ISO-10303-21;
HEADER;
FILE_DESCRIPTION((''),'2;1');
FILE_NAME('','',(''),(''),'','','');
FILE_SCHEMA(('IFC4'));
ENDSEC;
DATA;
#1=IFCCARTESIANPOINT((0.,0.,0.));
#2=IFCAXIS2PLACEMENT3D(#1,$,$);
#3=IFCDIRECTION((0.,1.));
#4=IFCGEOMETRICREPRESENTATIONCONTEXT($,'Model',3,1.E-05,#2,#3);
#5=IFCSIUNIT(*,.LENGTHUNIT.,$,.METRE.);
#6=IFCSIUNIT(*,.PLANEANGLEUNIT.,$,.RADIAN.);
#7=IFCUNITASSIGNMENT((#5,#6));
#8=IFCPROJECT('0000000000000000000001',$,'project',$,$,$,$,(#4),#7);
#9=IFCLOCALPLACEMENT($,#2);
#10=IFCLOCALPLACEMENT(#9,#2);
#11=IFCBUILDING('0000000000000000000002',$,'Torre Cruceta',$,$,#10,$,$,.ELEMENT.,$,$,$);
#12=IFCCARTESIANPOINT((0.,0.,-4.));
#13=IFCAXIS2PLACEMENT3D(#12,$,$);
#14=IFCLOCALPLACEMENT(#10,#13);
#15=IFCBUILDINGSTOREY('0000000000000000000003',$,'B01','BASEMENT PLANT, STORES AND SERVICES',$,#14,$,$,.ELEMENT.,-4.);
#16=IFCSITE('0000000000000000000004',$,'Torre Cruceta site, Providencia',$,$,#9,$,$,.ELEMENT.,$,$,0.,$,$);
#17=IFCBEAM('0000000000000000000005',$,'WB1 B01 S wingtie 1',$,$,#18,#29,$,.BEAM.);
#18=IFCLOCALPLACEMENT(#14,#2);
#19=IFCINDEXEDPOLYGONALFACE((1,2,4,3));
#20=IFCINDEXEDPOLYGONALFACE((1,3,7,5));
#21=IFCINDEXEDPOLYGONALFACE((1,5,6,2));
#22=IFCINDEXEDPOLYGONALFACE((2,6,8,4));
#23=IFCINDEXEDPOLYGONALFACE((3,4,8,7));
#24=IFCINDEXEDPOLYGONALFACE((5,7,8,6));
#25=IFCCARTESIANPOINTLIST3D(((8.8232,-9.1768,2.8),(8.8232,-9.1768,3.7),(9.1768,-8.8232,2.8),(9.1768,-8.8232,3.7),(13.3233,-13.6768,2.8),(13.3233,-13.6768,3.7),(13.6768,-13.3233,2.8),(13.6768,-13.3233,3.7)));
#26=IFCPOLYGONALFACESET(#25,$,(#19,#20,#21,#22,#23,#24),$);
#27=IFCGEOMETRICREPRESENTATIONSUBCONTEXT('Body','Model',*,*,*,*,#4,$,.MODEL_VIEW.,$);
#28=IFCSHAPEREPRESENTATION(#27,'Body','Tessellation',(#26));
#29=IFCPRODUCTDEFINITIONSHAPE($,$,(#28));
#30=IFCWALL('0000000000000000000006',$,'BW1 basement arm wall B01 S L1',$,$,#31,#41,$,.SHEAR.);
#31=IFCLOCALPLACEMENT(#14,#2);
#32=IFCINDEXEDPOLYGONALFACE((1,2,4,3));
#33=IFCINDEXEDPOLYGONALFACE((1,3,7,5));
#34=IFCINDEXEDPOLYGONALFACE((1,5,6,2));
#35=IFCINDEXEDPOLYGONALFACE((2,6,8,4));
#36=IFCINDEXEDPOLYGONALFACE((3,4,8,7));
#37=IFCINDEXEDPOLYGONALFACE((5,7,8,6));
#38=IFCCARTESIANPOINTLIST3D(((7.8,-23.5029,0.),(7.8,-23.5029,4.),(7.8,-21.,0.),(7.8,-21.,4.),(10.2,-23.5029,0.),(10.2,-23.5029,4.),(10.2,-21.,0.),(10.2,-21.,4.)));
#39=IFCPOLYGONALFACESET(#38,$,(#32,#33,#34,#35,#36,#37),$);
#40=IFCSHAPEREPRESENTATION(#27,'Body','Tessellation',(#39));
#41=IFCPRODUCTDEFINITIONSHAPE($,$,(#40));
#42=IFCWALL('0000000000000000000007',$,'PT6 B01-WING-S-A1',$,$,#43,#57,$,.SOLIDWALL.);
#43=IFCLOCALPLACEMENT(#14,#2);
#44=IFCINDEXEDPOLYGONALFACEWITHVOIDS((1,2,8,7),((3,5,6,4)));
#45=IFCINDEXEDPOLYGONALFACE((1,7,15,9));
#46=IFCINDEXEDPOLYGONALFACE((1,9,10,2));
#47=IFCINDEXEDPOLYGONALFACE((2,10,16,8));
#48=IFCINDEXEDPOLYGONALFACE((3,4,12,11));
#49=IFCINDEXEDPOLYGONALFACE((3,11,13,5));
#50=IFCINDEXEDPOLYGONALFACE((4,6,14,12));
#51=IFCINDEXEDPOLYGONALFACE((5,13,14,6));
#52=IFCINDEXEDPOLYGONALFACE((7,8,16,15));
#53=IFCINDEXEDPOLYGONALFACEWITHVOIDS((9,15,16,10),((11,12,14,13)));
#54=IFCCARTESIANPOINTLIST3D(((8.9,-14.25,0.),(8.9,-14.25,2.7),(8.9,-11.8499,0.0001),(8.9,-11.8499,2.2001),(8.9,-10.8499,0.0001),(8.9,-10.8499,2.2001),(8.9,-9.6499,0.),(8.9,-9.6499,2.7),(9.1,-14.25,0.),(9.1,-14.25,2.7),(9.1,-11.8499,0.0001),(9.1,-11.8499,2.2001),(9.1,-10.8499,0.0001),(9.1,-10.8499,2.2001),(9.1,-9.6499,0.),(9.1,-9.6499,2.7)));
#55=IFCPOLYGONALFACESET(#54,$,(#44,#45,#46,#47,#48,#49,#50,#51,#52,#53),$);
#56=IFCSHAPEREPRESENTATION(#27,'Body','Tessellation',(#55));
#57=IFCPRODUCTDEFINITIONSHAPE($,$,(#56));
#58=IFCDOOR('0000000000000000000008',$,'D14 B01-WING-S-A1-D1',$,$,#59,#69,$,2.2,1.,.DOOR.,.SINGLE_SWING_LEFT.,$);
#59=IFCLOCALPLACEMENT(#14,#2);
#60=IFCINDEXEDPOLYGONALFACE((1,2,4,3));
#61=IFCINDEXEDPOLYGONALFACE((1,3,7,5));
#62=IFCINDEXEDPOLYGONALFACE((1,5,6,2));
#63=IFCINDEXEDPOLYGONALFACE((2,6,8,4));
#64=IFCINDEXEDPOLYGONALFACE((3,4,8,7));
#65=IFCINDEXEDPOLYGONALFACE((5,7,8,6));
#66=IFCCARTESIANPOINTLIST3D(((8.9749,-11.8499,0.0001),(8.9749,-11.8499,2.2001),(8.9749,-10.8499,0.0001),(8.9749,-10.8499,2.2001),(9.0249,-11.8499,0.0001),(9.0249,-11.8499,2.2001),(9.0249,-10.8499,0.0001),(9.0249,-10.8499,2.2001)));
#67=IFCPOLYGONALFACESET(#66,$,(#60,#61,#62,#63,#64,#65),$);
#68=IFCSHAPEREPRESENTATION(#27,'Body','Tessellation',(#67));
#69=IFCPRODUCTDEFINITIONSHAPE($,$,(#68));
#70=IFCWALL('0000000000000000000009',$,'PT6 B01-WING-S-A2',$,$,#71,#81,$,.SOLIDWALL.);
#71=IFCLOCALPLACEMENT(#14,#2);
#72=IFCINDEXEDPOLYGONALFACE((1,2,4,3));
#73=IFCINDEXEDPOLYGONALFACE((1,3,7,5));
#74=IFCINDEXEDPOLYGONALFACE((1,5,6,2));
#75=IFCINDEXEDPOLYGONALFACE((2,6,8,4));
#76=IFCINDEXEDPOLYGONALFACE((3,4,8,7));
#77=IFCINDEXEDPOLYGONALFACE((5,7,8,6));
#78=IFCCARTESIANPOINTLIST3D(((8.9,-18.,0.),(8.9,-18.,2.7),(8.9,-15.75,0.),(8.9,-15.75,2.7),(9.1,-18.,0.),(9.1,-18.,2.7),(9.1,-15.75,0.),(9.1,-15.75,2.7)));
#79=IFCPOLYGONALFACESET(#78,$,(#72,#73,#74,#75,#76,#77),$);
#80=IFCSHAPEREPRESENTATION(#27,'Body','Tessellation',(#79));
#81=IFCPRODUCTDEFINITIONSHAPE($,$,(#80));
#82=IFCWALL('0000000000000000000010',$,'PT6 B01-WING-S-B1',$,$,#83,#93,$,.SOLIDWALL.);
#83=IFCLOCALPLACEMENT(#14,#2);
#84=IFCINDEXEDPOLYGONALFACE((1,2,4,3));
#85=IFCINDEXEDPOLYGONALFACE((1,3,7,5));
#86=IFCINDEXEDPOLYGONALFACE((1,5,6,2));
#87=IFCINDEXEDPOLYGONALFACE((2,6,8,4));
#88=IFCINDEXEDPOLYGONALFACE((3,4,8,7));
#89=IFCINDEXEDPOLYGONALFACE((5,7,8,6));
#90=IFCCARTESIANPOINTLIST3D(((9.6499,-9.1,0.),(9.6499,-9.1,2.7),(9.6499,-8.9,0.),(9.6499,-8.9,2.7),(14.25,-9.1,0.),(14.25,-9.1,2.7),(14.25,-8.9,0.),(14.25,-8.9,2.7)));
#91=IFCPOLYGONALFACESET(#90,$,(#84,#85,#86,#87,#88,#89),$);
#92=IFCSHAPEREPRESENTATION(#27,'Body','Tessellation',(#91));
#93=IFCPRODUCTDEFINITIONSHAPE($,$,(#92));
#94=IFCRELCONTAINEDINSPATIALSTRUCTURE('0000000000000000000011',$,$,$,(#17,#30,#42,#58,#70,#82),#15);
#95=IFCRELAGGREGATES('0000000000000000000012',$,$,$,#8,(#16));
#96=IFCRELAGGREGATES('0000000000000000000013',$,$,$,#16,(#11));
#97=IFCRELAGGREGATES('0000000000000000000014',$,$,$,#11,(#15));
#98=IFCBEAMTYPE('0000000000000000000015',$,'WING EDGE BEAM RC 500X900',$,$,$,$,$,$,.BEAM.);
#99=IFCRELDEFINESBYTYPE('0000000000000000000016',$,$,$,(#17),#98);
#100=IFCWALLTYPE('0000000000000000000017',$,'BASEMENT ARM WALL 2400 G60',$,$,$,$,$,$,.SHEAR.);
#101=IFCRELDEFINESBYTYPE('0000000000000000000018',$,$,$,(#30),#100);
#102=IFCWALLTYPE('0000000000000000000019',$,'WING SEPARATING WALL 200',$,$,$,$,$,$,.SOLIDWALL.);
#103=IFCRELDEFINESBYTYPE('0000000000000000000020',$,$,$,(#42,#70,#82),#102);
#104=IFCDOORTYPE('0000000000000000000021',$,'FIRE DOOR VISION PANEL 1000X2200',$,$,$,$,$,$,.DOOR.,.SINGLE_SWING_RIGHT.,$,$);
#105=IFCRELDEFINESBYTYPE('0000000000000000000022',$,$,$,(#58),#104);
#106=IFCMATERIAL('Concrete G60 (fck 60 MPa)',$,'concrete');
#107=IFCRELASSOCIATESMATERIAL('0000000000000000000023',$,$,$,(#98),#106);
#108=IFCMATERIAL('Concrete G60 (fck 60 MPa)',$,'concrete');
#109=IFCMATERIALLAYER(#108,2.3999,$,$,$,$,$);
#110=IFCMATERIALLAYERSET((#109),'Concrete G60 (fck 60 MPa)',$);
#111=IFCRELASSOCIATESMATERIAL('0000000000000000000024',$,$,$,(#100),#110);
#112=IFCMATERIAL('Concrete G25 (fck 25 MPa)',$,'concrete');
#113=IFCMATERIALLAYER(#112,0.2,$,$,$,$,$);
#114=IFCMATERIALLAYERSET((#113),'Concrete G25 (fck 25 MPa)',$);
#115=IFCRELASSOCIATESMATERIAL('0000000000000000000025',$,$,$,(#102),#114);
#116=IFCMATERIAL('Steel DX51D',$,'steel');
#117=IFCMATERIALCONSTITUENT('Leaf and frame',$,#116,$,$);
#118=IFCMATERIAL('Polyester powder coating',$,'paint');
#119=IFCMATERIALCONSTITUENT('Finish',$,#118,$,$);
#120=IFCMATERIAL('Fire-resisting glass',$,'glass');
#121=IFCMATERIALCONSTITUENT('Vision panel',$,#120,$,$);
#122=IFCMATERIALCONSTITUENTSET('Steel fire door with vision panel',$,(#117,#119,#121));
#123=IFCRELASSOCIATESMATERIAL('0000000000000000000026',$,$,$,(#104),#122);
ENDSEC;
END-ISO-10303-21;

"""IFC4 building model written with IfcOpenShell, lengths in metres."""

from ifc_helpers import new_model, si_unit, direction, frame, frame_2d, origin, origin_2d, place, context, subcontext, project, spatial, rectangle, extrude, material, layer, layer_set, constituent, constituent_set, material_profile, profile_set, type_object, element, fill, save


model = new_model("IFC4")

# Units and contexts
model_context = context("Model", 3, precision=1e-05, world=origin(), true_north=direction((0.0, 1.0)))
body_context = subcontext(model_context, "Body", "Model", "MODEL_VIEW")
ifc_project = project(units=[si_unit("LENGTHUNIT", "METRE"), si_unit("PLANEANGLEUNIT", "RADIAN")], contexts=[model_context])

# Site, building, storey
site_placement = place(None, origin())
site = spatial("IfcSite", under=ifc_project, at=site_placement, Name="Torre Cruceta site, Providencia", CompositionType="ELEMENT", RefElevation=0.0)
building_placement = place(site_placement, origin())
building = spatial("IfcBuilding", under=site, at=building_placement, Name="Torre Cruceta", CompositionType="ELEMENT")
storey_placement = place(building_placement, frame((0.0, 0.0, -4.0)))
storey = spatial("IfcBuildingStorey", under=building, at=storey_placement, Name="B01", Description="BASEMENT PLANT, STORES AND SERVICES", CompositionType="ELEMENT", Elevation=-4.0)

# Beam
ifc_material_1 = material(Name="Concrete G60 (fck 60 MPa)", Category="concrete")
ifc_material_profile_1 = material_profile(ifc_material_1, rectangle(XDim=0.5, YDim=0.8999, at=origin_2d()), Name="RC 500X900")
ifc_profile_set_1 = profile_set([ifc_material_profile_1], Name="Concrete G60 (fck 60 MPa)")
beam_type_1 = type_object("IfcBeamType", Name="WING EDGE BEAM RC 500X900", PredefinedType="BEAM", material=ifc_profile_set_1)
for number, where, z_axis, x_axis, name in (
    (1, (9.0, -9.0, 3.25), (0.707107, -0.707107, 0.0), (0.707107, 0.707107, 0.0), "WB1 B01 S wingtie 1"),
):
    element("IfcBeam", number, at=place(storey_placement, frame(where, z_axis=z_axis, x_axis=x_axis)), inside=storey, type_object=beam_type_1, Name=name, PredefinedType="BEAM", context=body_context, shape_type="SweptSolid", body=[
        extrude(rectangle(XDim=0.5, YDim=0.8999, at=origin_2d()), origin(), (0.0, 0.0, 1.0), 6.364),
    ])

# Wall
ifc_material_2 = material(Name="Concrete G60 (fck 60 MPa)", Category="concrete")
ifc_layer_1 = layer(ifc_material_2, 2.3999)
ifc_layer_set_1 = layer_set([ifc_layer_1], Name="Concrete G60 (fck 60 MPa)")
wall_type_1 = type_object("IfcWallType", Name="BASEMENT ARM WALL 2400 G60", PredefinedType="SHEAR", material=ifc_layer_set_1)
wall_1_placement = place(storey_placement, frame((9.0, -21.0, 0.0), z_axis=(0.0, 0.0, 1.0), x_axis=(0.0, -1.0, 0.0)))
element("IfcWall", 2, at=wall_1_placement, inside=storey, type_object=wall_type_1, Name="BW1 basement arm wall B01 S L1", PredefinedType="SHEAR", context=body_context, shape_type="SweptSolid", body=[
    extrude(rectangle(XDim=2.5029, YDim=2.3999, at=frame_2d((1.2515, 0.0))), origin(), (0.0, 0.0, 1.0), 4.0),
])

# Wall, opening, door
ifc_material_3 = material(Name="Concrete G25 (fck 25 MPa)", Category="concrete")
ifc_layer_2 = layer(ifc_material_3, 0.2)
ifc_layer_set_2 = layer_set([ifc_layer_2], Name="Concrete G25 (fck 25 MPa)")
wall_type_2 = type_object("IfcWallType", Name="WING SEPARATING WALL 200", PredefinedType="SOLIDWALL", material=ifc_layer_set_2)
wall_2_placement = place(storey_placement, frame((9.0, -9.6499, 0.0), z_axis=(0.0, 0.0, 1.0), x_axis=(0.0, -1.0, 0.0)))
wall_2 = element("IfcWall", 3, at=wall_2_placement, inside=storey, type_object=wall_type_2, Name="PT6 B01-WING-S-A1", PredefinedType="SOLIDWALL", context=body_context, shape_type="SweptSolid", body=[
    extrude(rectangle(XDim=4.6001, YDim=0.2, at=frame_2d((2.3, 0.0))), origin(), (0.0, 0.0, 1.0), 2.7),
])
opening_1_placement = place(wall_2_placement, frame((1.2, 0.0, 0.0)))
opening_1 = element("IfcOpeningElement", 4, at=opening_1_placement, cuts=wall_2, PredefinedType="OPENING", context=body_context, shape_type="SweptSolid", body=[
    extrude(rectangle(XDim=1.0, YDim=2.2, at=frame_2d((0.5, 1.1001))), frame((0.0, 0.1099, 0.0), z_axis=(0.0, -1.0, 0.0), x_axis=(1.0, 0.0, 0.0)), (0.0, 0.0, 1.0), 0.22),
])
ifc_material_4 = material(Name="Steel DX51D", Category="steel")
ifc_constituent_1 = constituent(ifc_material_4, Name="Leaf and frame")
ifc_material_5 = material(Name="Polyester powder coating", Category="paint")
ifc_constituent_2 = constituent(ifc_material_5, Name="Finish")
ifc_material_6 = material(Name="Fire-resisting glass", Category="glass")
ifc_constituent_3 = constituent(ifc_material_6, Name="Vision panel")
ifc_constituent_set_1 = constituent_set(constituents=[ifc_constituent_1, ifc_constituent_2, ifc_constituent_3], Name="Steel fire door with vision panel")
door_type_1 = type_object("IfcDoorType", Name="FIRE DOOR VISION PANEL 1000X2200", OperationType="SINGLE_SWING_RIGHT", PredefinedType="DOOR", material=ifc_constituent_set_1)
door_1_placement = place(opening_1_placement, origin())
door_1 = element("IfcDoor", 5, at=door_1_placement, inside=storey, type_object=door_type_1, Name="D14 B01-WING-S-A1-D1", OperationType="SINGLE_SWING_LEFT", OverallHeight=2.2, OverallWidth=1.0, PredefinedType="DOOR", context=body_context, shape_type="SweptSolid", body=[
    extrude(rectangle(XDim=1.0, YDim=2.2, at=frame_2d((0.5, 1.1001))), frame((0.0, 0.0249, 0.0), z_axis=(0.0, -1.0, 0.0), x_axis=(1.0, 0.0, 0.0)), (0.0, 0.0, 1.0), 0.05),
])
fill(opening_1, door_1)

# Walls
wall_3_placement = place(storey_placement, frame((9.0, -15.75, 0.0), z_axis=(0.0, 0.0, 1.0), x_axis=(0.0, -1.0, 0.0)))
element("IfcWall", 6, at=wall_3_placement, inside=storey, type_object=wall_type_2, Name="PT6 B01-WING-S-A2", PredefinedType="SOLIDWALL", context=body_context, shape_type="SweptSolid", body=[
    extrude(rectangle(XDim=2.25, YDim=0.2, at=frame_2d((1.125, 0.0))), origin(), (0.0, 0.0, 1.0), 2.7),
])
wall_4_placement = place(storey_placement, frame((14.25, -9.0, 0.0), z_axis=(0.0, 0.0, 1.0), x_axis=(-1.0, 0.0, 0.0)))
element("IfcWall", 7, at=wall_4_placement, inside=storey, type_object=wall_type_2, Name="PT6 B01-WING-S-B1", PredefinedType="SOLIDWALL", context=body_context, shape_type="SweptSolid", body=[
    extrude(rectangle(XDim=4.6001, YDim=0.2, at=frame_2d((2.3, 0.0))), origin(), (0.0, 0.0, 1.0), 2.7),
])

save(model, "model.ifc")
